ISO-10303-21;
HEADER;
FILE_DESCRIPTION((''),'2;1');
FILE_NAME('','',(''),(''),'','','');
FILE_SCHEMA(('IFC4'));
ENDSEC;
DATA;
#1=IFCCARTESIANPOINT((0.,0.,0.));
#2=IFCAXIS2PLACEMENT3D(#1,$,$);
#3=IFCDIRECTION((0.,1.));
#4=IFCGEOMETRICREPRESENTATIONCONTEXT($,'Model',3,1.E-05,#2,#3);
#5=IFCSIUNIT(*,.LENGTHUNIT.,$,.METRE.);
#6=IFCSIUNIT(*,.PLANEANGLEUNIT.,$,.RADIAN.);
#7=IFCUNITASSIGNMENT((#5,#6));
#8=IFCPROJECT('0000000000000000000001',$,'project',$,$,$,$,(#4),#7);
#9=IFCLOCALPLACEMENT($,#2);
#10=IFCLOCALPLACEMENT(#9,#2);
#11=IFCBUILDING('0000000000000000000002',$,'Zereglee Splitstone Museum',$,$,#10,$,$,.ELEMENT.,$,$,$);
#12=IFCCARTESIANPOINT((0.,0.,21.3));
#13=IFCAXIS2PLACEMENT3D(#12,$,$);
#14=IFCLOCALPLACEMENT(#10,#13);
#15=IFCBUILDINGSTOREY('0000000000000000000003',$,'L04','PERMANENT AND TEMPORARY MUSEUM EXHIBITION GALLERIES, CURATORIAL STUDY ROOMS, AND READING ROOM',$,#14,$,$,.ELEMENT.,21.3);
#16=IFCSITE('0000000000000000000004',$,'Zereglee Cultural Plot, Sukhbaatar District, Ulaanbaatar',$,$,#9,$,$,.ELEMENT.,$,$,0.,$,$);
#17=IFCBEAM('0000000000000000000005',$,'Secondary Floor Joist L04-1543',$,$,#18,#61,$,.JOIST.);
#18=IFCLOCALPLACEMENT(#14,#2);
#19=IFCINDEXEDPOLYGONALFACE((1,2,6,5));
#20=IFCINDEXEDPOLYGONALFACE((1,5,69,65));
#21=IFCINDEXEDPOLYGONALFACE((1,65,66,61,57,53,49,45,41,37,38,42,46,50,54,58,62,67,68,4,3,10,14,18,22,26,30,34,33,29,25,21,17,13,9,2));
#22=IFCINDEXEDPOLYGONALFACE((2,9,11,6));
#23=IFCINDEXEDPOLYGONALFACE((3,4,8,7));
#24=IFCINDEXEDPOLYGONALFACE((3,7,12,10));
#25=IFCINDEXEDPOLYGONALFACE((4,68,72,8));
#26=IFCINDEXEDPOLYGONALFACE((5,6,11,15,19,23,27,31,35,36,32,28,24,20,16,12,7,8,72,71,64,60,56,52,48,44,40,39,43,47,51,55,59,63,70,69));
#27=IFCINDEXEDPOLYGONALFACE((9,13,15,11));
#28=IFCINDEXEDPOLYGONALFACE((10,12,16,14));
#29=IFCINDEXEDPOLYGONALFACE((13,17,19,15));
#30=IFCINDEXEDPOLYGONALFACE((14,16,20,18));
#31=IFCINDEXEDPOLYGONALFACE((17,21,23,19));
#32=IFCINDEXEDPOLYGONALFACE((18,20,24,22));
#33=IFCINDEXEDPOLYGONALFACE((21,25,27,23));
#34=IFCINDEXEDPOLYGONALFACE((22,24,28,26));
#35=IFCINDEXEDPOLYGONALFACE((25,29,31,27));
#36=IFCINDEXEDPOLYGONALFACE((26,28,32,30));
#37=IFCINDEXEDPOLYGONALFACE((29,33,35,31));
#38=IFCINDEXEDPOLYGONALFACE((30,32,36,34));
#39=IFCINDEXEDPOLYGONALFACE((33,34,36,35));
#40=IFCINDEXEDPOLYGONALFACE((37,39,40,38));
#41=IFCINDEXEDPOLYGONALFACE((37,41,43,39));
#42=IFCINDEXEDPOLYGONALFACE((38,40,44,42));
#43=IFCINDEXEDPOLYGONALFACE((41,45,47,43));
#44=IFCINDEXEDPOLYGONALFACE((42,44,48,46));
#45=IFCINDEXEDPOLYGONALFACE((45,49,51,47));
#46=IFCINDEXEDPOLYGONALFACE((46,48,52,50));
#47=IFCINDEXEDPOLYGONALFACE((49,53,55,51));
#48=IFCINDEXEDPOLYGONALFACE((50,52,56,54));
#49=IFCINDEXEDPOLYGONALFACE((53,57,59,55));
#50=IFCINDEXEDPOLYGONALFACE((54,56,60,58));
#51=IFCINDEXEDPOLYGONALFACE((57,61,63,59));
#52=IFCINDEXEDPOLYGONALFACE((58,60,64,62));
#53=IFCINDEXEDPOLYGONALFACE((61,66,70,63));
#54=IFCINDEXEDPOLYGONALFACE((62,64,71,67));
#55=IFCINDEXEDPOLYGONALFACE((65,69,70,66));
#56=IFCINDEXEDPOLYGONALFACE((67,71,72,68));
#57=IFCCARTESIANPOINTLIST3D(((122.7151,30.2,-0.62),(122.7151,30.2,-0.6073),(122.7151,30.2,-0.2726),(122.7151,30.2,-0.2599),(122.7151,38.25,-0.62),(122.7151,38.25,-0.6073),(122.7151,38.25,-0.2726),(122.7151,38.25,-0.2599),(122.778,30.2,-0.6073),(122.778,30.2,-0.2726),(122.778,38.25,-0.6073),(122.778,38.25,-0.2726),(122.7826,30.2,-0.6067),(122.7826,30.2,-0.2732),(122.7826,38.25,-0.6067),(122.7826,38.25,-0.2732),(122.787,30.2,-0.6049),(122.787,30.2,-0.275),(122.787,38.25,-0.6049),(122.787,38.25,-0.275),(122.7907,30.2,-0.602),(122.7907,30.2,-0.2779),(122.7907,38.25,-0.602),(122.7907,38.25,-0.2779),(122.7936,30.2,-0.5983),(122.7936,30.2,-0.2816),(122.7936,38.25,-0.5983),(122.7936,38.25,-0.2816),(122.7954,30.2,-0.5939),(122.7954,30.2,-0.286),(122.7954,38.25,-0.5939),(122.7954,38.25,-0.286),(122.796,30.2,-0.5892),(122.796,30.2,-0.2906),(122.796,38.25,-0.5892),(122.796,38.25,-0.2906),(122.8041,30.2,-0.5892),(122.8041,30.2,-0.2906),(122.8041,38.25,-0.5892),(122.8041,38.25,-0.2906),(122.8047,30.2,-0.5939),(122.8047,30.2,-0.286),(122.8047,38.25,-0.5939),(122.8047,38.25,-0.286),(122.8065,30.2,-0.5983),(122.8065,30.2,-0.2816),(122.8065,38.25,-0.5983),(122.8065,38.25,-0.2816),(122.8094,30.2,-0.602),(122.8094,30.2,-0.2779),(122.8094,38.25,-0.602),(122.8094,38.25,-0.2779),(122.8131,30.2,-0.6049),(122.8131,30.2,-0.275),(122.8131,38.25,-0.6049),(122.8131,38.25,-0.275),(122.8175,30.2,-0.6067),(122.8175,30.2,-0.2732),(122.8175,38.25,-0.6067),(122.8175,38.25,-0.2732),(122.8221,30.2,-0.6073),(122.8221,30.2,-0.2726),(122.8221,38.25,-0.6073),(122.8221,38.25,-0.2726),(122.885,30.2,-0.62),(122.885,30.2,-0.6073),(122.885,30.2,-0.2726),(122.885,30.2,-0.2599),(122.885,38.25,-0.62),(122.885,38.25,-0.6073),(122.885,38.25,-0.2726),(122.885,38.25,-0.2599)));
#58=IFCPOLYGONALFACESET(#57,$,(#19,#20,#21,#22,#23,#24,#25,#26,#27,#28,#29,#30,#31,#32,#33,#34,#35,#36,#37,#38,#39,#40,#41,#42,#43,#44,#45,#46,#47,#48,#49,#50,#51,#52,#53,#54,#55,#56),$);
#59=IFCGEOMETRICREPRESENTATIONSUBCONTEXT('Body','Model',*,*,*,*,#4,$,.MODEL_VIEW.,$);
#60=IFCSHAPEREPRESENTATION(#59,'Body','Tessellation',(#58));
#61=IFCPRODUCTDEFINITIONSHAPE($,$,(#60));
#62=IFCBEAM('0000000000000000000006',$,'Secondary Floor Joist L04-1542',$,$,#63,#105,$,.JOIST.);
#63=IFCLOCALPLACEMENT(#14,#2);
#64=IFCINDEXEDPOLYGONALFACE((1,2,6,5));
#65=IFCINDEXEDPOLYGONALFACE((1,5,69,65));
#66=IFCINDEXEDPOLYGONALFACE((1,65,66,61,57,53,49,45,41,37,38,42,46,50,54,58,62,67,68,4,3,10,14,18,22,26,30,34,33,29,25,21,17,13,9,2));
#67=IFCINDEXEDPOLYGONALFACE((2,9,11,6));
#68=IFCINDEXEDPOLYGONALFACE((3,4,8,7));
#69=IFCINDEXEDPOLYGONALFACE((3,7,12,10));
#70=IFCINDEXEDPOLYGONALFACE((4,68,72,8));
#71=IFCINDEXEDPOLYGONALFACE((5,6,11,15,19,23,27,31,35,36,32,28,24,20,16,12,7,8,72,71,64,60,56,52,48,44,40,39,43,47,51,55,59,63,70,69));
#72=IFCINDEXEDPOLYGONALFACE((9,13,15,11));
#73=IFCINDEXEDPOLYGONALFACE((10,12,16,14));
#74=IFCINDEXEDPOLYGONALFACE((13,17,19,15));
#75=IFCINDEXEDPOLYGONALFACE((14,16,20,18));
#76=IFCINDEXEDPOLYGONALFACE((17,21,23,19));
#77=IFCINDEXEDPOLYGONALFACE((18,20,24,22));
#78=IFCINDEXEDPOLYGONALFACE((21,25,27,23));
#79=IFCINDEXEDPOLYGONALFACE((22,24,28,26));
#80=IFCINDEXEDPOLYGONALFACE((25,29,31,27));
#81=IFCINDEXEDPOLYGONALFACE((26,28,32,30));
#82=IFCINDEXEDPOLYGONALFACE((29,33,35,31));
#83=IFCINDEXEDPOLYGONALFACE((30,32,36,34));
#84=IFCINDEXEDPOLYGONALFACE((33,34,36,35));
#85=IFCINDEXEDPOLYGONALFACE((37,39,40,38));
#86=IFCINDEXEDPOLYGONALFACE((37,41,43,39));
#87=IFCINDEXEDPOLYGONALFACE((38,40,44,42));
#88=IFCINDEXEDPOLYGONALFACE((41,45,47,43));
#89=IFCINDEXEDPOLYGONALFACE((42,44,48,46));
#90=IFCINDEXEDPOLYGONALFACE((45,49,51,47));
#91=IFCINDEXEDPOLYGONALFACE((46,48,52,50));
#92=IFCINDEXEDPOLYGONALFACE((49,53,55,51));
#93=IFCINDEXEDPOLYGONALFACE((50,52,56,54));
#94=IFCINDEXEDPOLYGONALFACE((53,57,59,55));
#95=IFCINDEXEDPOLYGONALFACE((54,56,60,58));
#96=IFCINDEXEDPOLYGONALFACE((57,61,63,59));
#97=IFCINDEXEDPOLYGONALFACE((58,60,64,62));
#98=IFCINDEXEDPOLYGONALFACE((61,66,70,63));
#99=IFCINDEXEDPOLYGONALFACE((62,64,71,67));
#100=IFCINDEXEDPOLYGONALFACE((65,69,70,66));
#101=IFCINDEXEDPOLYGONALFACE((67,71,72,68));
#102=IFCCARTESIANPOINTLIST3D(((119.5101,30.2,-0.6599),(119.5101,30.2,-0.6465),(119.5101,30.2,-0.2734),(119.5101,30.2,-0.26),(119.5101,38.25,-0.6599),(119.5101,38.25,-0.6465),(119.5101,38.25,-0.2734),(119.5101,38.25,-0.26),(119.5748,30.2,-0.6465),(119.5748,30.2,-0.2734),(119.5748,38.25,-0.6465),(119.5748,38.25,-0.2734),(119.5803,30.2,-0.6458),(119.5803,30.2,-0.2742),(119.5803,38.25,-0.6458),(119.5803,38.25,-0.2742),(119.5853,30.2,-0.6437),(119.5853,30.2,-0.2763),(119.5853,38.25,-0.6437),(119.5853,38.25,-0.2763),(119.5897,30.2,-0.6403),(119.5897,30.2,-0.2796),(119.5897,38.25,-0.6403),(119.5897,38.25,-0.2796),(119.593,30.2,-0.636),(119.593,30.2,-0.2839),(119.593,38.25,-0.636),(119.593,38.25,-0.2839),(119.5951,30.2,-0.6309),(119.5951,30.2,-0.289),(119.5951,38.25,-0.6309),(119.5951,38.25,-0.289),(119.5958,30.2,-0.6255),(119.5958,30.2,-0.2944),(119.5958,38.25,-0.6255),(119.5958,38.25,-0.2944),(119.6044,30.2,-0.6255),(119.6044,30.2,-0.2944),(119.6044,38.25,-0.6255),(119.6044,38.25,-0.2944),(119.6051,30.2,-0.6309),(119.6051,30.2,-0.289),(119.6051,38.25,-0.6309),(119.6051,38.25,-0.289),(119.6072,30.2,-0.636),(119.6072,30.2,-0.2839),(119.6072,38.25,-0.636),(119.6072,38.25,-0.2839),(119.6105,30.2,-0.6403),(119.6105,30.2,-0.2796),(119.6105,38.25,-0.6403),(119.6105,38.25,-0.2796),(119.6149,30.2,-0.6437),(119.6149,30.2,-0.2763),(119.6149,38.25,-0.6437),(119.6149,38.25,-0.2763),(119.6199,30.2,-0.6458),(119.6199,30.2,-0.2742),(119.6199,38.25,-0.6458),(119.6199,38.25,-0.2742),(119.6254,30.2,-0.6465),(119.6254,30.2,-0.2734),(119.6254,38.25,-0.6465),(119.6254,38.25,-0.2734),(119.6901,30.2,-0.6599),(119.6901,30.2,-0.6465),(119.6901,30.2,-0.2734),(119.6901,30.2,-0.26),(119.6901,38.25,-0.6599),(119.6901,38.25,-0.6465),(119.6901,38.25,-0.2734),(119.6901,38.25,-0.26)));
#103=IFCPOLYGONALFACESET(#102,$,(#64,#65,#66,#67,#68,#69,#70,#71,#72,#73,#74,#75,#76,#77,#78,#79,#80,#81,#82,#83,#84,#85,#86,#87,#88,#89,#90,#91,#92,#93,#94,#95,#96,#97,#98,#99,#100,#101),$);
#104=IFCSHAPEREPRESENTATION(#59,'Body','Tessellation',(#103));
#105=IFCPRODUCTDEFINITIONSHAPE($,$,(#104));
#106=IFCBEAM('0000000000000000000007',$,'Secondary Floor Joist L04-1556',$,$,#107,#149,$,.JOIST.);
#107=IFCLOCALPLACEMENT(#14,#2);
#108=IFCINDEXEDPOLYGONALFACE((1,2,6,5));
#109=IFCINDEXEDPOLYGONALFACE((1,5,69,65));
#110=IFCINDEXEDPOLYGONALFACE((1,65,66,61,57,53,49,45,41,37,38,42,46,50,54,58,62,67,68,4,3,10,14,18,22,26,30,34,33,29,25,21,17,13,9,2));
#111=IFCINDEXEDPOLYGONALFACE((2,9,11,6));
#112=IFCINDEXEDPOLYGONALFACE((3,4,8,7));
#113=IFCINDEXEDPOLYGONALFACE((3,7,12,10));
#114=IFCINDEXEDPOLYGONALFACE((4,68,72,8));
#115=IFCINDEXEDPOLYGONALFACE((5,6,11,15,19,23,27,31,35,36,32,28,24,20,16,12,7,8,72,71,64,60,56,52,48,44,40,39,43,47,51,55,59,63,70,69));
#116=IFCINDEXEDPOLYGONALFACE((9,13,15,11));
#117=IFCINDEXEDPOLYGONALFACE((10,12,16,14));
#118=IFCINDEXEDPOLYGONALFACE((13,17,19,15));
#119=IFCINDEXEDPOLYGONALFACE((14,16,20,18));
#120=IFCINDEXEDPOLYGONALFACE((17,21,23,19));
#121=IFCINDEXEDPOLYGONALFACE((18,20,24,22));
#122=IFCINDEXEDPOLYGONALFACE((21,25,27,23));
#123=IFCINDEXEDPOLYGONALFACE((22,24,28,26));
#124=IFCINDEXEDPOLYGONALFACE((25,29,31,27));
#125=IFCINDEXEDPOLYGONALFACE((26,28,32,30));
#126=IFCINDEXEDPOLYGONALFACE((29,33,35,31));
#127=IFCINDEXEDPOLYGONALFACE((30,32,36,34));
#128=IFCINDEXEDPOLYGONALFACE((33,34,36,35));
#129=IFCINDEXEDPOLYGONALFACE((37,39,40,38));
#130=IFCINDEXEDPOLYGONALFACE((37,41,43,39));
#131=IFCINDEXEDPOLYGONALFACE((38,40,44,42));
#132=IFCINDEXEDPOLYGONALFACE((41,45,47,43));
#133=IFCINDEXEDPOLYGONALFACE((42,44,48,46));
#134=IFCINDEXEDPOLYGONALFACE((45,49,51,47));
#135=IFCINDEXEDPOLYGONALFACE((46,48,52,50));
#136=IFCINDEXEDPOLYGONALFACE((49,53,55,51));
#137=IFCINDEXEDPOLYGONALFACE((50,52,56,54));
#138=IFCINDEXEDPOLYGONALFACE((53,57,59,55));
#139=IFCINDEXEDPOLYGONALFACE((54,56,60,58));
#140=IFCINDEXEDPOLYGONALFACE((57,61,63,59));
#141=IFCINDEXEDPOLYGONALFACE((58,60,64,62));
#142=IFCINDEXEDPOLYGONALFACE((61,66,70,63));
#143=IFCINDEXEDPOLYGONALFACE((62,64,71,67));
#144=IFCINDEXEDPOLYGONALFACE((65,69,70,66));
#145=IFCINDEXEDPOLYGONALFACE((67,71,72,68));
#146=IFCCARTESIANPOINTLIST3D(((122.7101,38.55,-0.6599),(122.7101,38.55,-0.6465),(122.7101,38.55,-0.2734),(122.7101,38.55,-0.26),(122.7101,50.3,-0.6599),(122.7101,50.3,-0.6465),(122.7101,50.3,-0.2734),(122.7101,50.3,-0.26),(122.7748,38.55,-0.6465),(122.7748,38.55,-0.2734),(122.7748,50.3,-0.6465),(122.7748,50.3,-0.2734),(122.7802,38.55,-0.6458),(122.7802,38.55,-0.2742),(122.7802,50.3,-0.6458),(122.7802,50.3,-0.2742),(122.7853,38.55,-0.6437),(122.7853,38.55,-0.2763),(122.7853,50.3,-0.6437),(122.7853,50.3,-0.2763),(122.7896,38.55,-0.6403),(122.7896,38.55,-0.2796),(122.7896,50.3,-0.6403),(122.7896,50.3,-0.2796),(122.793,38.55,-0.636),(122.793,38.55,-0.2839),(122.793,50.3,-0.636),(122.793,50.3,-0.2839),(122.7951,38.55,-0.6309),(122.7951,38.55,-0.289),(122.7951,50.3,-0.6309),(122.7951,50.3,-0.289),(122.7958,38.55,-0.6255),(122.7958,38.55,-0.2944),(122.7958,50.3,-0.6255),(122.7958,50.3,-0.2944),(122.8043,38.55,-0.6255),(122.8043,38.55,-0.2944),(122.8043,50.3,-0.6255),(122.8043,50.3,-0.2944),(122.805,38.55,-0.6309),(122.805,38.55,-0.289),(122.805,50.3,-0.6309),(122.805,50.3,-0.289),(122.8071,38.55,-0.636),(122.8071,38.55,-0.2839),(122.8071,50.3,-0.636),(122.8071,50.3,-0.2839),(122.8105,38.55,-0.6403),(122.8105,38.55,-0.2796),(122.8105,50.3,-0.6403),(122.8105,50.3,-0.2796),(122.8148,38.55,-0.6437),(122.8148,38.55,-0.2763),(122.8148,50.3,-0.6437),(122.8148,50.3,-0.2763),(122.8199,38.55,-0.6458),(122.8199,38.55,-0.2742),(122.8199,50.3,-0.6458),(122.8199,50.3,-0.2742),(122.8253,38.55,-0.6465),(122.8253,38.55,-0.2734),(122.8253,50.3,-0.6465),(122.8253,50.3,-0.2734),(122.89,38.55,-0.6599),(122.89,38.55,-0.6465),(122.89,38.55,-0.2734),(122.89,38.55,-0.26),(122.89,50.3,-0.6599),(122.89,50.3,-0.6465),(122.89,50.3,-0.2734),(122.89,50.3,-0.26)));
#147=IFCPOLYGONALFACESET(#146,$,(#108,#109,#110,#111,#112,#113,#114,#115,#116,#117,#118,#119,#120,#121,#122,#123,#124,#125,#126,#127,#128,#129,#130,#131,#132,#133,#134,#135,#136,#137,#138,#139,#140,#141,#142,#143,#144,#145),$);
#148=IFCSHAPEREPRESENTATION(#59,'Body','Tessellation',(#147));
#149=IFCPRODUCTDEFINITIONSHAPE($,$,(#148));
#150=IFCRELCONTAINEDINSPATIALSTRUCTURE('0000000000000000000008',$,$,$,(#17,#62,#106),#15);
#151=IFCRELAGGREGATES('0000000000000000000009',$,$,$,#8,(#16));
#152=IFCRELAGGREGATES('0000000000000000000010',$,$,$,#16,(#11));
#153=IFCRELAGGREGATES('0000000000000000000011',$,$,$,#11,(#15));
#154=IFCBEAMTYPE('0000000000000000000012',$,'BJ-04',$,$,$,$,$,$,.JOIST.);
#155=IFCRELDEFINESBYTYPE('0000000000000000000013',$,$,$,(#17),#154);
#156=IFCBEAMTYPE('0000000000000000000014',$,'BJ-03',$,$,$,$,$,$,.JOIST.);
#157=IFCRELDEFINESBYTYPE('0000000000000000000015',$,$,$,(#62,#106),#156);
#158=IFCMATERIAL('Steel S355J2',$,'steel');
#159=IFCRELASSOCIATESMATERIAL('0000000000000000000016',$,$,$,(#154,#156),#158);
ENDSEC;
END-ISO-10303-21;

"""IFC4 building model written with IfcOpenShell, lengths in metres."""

from ifc_helpers import new_model, si_unit, direction, frame, origin, origin_2d, place, context, subcontext, project, spatial, i_section, extrude, material, material_profile, profile_set, type_object, element, save


model = new_model("IFC4")

# Units and contexts
model_context = context("Model", 3, precision=1e-05, world=origin(), true_north=direction((0.0, 1.0)))
body_context = subcontext(model_context, "Body", "Model", "MODEL_VIEW")
ifc_project = project(units=[si_unit("LENGTHUNIT", "METRE"), si_unit("PLANEANGLEUNIT", "RADIAN")], contexts=[model_context])

# Site, building, storey
site_placement = place(None, origin())
site = spatial("IfcSite", under=ifc_project, at=site_placement, Name="Zereglee Cultural Plot, Sukhbaatar District, Ulaanbaatar", CompositionType="ELEMENT", RefElevation=0.0)
building_placement = place(site_placement, origin())
building = spatial("IfcBuilding", under=site, at=building_placement, Name="Zereglee Splitstone Museum", CompositionType="ELEMENT")
storey_placement = place(building_placement, frame((0.0, 0.0, 21.3)))
storey = spatial("IfcBuildingStorey", under=building, at=storey_placement, Name="L04", Description="PERMANENT AND TEMPORARY MUSEUM EXHIBITION GALLERIES, CURATORIAL STUDY ROOMS, AND READING ROOM", CompositionType="ELEMENT", Elevation=21.3)

# Shared definitions
ifc_material_1 = material(Name="Steel S355J2", Category="steel")

# Beams
ifc_material_profile_1 = material_profile(ifc_material_1, i_section(OverallWidth=0.1699, OverallDepth=0.3601, WebThickness=0.0081, FlangeThickness=0.0127, FilletRadius=0.0181, at=origin_2d()), Name="IPE 360")
ifc_profile_set_1 = profile_set([ifc_material_profile_1], Name="Steel S355J2")
beam_type_1 = type_object("IfcBeamType", Name="BJ-04", PredefinedType="JOIST", material=ifc_profile_set_1)
beam_1_placement = place(storey_placement, frame((122.8, 30.2, -0.4399), z_axis=(0.0, 1.0, 0.0), x_axis=(-1.0, 0.0, 0.0)))
element("IfcBeam", 1, at=beam_1_placement, inside=storey, type_object=beam_type_1, Name="Secondary Floor Joist L04-1543", PredefinedType="JOIST", context=body_context, shape_type="SweptSolid", body=[
    extrude(i_section(OverallWidth=0.1699, OverallDepth=0.3601, WebThickness=0.0081, FlangeThickness=0.0127, FilletRadius=0.0181, at=origin_2d()), origin(), (0.0, 0.0, 1.0), 8.05),
])
ifc_material_profile_2 = material_profile(ifc_material_1, i_section(OverallWidth=0.1799, OverallDepth=0.3999, WebThickness=0.0085, FlangeThickness=0.0134, FilletRadius=0.021, at=origin_2d()), Name="IPE 400")
ifc_profile_set_2 = profile_set([ifc_material_profile_2], Name="Steel S355J2")
beam_type_2 = type_object("IfcBeamType", Name="BJ-03", PredefinedType="JOIST", material=ifc_profile_set_2)
beam_2_placement = place(storey_placement, frame((119.6001, 30.2, -0.46), z_axis=(0.0, 1.0, 0.0), x_axis=(-1.0, 0.0, 0.0)))
element("IfcBeam", 2, at=beam_2_placement, inside=storey, type_object=beam_type_2, Name="Secondary Floor Joist L04-1542", PredefinedType="JOIST", context=body_context, shape_type="SweptSolid", body=[
    extrude(i_section(OverallWidth=0.1799, OverallDepth=0.3999, WebThickness=0.0085, FlangeThickness=0.0134, FilletRadius=0.021, at=origin_2d()), origin(), (0.0, 0.0, 1.0), 8.05),
])
beam_3_placement = place(storey_placement, frame((122.8, 38.55, -0.46), z_axis=(0.0, 1.0, 0.0), x_axis=(-1.0, 0.0, 0.0)))
element("IfcBeam", 3, at=beam_3_placement, inside=storey, type_object=beam_type_2, Name="Secondary Floor Joist L04-1556", PredefinedType="JOIST", context=body_context, shape_type="SweptSolid", body=[
    extrude(i_section(OverallWidth=0.1799, OverallDepth=0.3999, WebThickness=0.0085, FlangeThickness=0.0134, FilletRadius=0.021, at=origin_2d()), origin(), (0.0, 0.0, 1.0), 11.75),
])

save(model, "model.ifc")
